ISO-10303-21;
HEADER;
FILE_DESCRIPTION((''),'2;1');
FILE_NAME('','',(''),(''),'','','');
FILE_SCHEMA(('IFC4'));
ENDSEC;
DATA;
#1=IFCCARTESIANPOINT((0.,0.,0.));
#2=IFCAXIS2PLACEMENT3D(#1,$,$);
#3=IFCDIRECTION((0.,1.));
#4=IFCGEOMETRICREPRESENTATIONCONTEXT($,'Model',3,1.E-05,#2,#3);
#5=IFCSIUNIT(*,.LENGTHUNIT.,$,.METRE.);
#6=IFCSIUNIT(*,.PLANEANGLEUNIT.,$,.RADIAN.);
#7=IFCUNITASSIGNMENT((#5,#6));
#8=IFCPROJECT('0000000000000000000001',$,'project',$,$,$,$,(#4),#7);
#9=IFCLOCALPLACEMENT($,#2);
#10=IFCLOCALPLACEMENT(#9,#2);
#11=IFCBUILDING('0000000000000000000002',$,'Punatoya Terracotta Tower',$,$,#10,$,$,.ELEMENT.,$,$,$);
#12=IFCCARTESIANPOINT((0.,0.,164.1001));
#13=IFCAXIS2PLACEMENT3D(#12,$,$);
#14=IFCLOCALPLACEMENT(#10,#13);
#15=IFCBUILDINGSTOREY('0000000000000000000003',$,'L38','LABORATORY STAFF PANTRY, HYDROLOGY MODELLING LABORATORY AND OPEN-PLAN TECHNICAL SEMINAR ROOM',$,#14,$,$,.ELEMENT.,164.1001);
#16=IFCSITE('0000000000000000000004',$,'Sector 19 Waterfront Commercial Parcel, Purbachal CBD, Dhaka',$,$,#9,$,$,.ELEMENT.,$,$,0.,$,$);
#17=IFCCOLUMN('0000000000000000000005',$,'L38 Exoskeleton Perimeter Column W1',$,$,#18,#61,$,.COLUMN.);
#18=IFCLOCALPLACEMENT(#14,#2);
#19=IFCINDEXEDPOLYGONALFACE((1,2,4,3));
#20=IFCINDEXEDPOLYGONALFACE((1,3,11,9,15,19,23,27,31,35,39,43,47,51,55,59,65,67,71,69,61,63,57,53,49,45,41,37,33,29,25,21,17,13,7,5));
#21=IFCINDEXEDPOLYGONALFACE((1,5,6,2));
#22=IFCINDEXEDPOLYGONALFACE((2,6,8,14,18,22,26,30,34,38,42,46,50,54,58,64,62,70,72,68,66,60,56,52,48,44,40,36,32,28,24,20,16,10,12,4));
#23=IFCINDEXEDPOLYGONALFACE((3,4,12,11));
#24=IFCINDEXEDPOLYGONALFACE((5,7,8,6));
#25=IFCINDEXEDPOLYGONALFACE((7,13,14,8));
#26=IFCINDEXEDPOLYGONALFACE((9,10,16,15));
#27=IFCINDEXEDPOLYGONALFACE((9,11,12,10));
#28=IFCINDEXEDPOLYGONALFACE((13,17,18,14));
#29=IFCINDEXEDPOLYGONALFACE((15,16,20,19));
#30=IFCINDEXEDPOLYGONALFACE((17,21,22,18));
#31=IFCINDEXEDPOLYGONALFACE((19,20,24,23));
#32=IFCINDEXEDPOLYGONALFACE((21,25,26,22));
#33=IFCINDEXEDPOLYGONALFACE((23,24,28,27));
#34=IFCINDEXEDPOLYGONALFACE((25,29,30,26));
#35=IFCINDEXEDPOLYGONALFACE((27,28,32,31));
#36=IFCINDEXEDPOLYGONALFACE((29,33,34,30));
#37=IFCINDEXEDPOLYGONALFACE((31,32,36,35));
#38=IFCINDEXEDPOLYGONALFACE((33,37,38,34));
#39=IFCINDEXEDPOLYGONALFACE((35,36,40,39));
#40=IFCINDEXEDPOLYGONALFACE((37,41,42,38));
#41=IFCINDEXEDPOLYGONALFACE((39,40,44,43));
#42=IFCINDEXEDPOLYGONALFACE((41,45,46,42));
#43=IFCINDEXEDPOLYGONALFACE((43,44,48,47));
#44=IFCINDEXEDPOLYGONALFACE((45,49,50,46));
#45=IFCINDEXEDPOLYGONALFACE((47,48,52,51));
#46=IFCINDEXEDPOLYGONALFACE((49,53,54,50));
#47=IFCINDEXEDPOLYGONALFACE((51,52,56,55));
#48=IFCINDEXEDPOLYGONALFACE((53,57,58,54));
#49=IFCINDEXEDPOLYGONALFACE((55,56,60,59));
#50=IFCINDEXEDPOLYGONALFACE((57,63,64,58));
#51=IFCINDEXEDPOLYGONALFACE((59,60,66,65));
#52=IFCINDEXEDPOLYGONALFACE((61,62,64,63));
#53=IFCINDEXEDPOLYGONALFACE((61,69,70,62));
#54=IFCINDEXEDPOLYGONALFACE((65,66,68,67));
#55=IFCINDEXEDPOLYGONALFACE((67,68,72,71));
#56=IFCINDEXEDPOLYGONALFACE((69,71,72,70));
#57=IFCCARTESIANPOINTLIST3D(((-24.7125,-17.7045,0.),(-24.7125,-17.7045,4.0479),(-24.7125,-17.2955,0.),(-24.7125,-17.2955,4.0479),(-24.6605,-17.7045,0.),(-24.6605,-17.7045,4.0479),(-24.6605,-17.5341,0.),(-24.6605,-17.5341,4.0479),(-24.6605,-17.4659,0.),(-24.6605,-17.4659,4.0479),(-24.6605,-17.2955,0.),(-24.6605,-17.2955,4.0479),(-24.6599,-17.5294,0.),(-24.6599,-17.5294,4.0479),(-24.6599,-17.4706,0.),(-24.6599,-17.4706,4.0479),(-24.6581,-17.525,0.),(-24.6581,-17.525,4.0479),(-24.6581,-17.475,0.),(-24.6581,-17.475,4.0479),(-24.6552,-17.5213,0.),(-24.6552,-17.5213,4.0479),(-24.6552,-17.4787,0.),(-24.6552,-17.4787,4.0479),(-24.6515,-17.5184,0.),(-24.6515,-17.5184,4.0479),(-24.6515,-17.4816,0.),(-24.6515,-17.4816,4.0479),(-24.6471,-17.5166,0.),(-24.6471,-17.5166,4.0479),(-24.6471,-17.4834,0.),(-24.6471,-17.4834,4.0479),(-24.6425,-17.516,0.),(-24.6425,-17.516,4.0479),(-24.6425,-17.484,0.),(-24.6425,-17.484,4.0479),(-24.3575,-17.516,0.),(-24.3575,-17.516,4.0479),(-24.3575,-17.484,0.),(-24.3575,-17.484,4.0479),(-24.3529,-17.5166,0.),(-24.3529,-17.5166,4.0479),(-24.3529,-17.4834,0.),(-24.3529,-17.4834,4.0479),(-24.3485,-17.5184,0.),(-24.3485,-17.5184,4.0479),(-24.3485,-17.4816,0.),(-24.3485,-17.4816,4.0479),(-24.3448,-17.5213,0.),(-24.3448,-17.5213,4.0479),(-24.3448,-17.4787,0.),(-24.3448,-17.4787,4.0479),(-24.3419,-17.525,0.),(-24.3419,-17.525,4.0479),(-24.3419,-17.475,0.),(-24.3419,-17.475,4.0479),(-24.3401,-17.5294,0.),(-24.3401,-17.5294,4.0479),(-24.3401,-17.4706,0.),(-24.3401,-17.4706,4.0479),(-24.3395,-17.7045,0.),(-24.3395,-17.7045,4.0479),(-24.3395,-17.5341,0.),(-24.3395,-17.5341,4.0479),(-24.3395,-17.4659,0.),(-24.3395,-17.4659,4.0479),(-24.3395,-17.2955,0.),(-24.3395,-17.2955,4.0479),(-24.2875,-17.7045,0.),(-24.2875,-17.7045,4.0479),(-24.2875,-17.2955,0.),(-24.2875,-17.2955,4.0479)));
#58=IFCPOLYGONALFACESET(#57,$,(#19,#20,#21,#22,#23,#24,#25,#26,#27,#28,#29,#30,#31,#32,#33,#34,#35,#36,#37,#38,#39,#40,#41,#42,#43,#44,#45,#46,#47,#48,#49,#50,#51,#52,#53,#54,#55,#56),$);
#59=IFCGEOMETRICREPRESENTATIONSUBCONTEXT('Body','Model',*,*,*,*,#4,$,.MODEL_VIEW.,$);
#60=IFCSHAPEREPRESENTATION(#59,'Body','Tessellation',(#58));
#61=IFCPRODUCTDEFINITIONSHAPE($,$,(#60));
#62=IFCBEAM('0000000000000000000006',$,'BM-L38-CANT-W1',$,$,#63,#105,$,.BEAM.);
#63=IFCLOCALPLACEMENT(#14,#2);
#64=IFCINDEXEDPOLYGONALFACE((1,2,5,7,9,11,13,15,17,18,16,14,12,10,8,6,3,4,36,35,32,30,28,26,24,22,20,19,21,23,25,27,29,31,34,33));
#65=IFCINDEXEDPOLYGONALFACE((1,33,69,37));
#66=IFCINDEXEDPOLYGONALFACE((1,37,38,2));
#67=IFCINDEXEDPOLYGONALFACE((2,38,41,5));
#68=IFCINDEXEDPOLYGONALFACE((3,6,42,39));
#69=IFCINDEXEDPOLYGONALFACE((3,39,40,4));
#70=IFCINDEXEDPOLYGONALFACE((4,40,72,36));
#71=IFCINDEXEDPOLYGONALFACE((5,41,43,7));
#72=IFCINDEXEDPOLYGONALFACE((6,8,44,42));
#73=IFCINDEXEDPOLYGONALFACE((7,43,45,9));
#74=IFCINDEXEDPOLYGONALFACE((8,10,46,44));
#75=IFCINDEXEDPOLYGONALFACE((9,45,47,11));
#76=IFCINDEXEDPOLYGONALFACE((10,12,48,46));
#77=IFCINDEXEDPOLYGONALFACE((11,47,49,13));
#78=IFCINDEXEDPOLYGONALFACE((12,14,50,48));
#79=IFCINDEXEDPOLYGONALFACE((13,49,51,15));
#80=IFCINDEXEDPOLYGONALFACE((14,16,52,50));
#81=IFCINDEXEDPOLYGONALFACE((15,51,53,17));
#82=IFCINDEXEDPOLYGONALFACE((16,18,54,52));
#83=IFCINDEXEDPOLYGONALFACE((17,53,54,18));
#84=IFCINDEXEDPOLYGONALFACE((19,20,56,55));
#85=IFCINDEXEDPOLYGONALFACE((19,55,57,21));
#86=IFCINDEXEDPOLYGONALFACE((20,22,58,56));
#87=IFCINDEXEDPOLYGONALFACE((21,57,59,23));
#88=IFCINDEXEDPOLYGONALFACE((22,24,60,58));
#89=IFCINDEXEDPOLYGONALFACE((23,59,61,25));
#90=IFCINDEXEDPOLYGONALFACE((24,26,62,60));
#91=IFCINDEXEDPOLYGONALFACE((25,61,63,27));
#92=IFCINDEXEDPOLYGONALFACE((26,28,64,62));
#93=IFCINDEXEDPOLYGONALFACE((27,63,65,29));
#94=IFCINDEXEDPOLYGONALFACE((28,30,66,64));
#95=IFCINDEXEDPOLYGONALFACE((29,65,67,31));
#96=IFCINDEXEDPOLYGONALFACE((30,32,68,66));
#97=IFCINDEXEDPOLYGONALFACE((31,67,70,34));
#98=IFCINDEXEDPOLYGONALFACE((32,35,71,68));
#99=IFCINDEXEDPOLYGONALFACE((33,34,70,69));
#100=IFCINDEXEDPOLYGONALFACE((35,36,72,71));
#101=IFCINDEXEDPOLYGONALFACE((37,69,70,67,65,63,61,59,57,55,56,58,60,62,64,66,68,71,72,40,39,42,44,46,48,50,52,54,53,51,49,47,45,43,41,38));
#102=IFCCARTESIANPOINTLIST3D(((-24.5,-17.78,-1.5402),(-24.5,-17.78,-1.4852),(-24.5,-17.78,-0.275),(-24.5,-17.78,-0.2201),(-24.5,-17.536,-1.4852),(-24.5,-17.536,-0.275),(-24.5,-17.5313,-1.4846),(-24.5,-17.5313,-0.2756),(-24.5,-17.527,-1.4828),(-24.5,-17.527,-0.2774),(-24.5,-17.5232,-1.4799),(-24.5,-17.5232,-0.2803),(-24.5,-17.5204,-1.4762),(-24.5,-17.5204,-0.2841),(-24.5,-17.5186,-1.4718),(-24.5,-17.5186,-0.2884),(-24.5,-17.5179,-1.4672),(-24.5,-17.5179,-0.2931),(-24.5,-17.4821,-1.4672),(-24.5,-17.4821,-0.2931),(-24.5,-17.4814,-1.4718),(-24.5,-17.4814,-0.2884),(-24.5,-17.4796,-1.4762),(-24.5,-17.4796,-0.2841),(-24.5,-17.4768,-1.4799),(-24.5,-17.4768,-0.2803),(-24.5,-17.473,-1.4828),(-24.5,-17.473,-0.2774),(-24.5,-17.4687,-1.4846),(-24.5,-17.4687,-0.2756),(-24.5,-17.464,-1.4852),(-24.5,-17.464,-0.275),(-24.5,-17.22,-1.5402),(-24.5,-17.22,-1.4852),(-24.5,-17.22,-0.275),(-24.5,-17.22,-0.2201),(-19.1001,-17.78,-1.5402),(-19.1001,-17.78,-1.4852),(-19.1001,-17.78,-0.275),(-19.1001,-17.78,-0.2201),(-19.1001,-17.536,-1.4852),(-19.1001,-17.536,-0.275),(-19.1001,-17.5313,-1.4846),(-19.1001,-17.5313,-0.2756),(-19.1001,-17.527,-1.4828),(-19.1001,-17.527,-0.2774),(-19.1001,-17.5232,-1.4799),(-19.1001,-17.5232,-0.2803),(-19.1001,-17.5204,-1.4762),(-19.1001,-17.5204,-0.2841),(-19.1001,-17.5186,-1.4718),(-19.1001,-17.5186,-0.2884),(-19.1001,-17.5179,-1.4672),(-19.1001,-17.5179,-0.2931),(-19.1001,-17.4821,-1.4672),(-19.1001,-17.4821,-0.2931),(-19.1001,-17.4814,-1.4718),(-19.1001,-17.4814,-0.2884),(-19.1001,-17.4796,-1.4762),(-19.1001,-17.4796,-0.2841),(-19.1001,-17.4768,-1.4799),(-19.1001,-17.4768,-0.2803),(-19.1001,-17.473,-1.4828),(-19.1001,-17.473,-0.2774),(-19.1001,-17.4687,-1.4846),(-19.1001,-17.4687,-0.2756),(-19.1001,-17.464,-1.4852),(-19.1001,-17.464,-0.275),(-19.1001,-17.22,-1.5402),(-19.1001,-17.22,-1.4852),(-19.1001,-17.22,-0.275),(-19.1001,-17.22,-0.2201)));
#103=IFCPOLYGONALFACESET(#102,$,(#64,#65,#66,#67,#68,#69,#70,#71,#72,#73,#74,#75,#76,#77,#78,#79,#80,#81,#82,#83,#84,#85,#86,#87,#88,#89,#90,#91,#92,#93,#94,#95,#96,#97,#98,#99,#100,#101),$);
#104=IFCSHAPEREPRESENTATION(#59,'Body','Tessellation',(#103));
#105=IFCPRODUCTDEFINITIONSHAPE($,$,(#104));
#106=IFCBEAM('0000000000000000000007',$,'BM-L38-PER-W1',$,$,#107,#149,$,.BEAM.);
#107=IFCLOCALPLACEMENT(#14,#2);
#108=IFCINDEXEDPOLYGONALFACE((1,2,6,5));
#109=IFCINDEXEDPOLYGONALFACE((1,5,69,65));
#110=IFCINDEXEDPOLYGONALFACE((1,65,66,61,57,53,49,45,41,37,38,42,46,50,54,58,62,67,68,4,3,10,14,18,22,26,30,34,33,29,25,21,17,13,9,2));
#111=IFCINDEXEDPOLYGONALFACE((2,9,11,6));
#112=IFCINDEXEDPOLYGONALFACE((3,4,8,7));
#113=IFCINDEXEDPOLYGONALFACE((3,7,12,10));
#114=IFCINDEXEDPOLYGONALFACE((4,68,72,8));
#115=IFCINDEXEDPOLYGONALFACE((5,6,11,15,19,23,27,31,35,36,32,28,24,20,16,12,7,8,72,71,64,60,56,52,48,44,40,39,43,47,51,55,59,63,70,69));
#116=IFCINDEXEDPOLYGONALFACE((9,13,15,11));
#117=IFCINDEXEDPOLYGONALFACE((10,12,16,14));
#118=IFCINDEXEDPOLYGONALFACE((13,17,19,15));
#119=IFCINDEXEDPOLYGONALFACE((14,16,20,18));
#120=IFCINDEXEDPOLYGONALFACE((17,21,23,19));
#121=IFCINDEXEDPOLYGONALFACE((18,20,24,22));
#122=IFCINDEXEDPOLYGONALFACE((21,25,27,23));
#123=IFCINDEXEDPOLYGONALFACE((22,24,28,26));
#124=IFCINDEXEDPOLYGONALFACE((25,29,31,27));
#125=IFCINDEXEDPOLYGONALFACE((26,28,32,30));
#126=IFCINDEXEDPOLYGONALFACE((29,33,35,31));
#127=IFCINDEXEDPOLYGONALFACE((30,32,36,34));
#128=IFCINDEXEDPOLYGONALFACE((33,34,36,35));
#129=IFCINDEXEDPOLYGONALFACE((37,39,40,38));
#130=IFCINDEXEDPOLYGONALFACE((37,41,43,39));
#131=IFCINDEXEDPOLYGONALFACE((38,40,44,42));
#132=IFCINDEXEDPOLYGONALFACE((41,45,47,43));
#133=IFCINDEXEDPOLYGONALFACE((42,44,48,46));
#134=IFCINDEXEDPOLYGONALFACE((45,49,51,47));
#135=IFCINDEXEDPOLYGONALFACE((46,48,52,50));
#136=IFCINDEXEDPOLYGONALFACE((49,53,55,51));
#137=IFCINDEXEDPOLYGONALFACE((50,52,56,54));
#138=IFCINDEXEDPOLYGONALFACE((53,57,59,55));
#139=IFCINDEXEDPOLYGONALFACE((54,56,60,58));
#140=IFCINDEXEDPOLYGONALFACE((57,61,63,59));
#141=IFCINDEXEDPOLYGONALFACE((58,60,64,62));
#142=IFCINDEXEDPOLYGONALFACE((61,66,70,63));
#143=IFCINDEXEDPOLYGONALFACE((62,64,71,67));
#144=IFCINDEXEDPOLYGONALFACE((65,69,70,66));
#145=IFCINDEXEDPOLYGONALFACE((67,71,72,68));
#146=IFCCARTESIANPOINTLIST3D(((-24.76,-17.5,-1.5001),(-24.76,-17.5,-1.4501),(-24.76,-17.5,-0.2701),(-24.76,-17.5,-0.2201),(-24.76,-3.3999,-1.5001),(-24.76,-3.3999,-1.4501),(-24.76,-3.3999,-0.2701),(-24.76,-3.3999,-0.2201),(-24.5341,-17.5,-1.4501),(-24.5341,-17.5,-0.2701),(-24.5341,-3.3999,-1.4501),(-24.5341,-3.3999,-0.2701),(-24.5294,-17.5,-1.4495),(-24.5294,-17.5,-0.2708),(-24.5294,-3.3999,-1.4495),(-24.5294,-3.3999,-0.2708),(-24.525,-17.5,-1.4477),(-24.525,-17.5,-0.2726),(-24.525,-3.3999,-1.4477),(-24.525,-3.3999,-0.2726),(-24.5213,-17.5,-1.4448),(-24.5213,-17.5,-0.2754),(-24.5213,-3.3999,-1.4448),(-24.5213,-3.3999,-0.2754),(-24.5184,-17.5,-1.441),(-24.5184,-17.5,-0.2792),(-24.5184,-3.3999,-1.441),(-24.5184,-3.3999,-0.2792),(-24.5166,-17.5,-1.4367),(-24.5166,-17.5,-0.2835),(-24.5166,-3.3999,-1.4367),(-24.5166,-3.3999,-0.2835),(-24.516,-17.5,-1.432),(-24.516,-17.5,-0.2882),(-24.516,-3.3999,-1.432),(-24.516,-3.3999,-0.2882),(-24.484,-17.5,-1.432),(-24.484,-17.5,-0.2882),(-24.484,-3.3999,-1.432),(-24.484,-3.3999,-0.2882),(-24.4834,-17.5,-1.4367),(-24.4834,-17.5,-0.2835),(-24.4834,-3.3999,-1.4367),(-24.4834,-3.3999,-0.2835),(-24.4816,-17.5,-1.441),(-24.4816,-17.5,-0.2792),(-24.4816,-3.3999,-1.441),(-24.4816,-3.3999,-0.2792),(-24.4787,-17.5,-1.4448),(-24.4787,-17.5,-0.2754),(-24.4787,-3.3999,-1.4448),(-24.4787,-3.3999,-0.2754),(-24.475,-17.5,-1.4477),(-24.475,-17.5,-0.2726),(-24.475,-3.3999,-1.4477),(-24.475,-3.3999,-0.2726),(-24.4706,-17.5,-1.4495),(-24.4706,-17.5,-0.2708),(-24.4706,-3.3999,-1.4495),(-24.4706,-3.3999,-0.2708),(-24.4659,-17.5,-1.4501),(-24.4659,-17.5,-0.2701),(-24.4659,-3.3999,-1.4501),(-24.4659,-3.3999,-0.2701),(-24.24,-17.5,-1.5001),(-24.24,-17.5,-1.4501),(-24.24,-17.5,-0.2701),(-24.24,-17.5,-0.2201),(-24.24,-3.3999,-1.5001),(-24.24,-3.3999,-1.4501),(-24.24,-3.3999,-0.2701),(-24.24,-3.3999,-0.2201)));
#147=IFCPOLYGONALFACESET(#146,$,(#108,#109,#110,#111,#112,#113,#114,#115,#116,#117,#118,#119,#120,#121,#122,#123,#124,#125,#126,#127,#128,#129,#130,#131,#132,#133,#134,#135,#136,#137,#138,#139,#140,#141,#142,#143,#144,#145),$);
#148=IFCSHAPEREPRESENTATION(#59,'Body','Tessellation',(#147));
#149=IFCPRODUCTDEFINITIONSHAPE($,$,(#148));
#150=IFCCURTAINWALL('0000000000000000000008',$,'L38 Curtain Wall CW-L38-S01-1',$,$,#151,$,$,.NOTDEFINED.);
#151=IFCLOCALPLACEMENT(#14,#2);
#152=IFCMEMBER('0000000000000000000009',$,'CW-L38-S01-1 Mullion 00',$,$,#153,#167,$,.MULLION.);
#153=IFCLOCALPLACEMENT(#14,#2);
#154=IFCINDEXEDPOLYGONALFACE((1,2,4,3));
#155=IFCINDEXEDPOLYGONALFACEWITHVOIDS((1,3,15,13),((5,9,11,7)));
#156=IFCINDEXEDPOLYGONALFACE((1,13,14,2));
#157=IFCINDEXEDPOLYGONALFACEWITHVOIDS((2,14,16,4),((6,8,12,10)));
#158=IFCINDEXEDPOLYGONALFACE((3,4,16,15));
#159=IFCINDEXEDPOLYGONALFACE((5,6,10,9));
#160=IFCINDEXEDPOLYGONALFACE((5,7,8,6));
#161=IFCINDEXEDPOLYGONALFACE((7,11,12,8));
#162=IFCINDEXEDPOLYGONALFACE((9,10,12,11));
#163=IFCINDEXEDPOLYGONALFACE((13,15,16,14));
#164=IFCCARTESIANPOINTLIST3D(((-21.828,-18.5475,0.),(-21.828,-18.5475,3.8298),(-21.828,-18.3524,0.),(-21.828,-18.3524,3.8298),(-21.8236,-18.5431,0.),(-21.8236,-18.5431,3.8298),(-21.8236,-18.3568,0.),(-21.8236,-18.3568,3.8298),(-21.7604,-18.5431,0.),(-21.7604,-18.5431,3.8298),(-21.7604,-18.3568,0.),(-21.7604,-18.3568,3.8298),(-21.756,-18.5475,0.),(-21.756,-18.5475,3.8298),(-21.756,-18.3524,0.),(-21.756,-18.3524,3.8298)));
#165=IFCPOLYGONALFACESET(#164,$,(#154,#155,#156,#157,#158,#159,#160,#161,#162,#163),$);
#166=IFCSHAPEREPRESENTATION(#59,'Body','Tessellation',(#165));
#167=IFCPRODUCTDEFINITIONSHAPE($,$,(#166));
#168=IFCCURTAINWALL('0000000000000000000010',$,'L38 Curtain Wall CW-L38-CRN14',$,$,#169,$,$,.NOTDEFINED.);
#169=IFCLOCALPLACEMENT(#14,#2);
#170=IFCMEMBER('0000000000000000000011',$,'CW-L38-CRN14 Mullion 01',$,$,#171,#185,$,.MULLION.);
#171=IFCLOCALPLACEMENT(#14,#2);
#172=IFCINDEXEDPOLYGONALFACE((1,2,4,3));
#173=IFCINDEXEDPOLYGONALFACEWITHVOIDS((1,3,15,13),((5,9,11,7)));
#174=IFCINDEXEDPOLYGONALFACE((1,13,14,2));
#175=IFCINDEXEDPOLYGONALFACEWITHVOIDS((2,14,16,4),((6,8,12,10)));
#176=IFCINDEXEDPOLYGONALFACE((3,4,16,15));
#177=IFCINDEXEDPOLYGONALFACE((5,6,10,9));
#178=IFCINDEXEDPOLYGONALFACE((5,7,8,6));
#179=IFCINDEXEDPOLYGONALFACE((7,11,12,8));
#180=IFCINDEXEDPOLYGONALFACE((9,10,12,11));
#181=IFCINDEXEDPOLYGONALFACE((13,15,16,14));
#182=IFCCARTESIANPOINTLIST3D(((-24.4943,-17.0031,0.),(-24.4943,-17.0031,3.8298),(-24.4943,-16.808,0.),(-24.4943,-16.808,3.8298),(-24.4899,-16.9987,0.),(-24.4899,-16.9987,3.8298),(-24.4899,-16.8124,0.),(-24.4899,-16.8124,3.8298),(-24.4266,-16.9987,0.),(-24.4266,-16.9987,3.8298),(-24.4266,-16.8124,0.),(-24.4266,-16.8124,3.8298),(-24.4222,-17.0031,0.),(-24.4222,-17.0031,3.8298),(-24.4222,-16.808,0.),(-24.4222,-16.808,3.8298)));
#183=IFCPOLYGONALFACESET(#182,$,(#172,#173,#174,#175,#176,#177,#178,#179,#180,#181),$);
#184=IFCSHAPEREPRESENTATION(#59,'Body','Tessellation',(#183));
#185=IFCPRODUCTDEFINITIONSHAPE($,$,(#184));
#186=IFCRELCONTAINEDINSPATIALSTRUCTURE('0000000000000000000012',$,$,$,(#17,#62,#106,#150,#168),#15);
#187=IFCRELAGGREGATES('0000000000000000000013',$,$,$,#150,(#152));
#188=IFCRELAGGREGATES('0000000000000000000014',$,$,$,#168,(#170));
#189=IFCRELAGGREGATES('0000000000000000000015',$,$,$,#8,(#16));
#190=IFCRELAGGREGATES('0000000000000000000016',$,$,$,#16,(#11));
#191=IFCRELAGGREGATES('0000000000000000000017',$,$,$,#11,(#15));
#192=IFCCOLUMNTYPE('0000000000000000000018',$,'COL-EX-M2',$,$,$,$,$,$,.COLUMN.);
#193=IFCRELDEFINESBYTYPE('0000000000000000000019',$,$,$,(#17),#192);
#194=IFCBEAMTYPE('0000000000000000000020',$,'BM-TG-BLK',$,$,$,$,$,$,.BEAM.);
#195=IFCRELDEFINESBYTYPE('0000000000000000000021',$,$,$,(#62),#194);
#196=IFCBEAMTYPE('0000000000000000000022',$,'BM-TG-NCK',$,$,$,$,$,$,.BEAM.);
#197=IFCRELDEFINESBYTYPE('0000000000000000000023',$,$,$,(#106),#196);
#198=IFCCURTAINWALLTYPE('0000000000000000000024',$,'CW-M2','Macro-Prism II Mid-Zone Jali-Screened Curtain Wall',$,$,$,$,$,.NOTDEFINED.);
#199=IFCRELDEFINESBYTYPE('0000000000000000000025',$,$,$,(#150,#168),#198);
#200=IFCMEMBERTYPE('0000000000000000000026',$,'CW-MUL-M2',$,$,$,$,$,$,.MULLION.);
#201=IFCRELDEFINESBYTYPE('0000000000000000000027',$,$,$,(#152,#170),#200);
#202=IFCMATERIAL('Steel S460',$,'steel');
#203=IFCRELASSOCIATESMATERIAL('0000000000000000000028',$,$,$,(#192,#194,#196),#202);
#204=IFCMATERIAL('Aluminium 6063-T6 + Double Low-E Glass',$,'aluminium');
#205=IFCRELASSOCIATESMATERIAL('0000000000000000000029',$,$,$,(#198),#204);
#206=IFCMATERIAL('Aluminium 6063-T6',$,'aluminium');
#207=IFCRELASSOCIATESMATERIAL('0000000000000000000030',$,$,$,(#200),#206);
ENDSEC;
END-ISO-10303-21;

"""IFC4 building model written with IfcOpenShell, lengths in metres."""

from ifc_helpers import new_model, si_unit, direction, frame, origin, origin_2d, place, context, subcontext, project, spatial, hollow_rectangle, i_section, extrude, material, material_profile, profile_set, type_object, element, aggregate, save


model = new_model("IFC4")

# Units and contexts
model_context = context("Model", 3, precision=1e-05, world=origin(), true_north=direction((0.0, 1.0)))
body_context = subcontext(model_context, "Body", "Model", "MODEL_VIEW")
ifc_project = project(units=[si_unit("LENGTHUNIT", "METRE"), si_unit("PLANEANGLEUNIT", "RADIAN")], contexts=[model_context])

# Site, building, storey
site_placement = place(None, origin())
site = spatial("IfcSite", under=ifc_project, at=site_placement, Name="Sector 19 Waterfront Commercial Parcel, Purbachal CBD, Dhaka", CompositionType="ELEMENT", RefElevation=0.0)
building_placement = place(site_placement, origin())
building = spatial("IfcBuilding", under=site, at=building_placement, Name="Punatoya Terracotta Tower", CompositionType="ELEMENT")
storey_placement = place(building_placement, frame((0.0, 0.0, 164.1001)))
storey = spatial("IfcBuildingStorey", under=building, at=storey_placement, Name="L38", Description="LABORATORY STAFF PANTRY, HYDROLOGY MODELLING LABORATORY AND OPEN-PLAN TECHNICAL SEMINAR ROOM", CompositionType="ELEMENT", Elevation=164.1001)

# Column
ifc_material_1 = material(Name="Steel S460", Category="steel")
ifc_material_profile_1 = material_profile(ifc_material_1, i_section(OverallWidth=0.4089, OverallDepth=0.425, WebThickness=0.032, FlangeThickness=0.052, FilletRadius=0.0181, at=origin_2d()))
ifc_profile_set_1 = profile_set([ifc_material_profile_1], Name="Steel S460")
column_type = type_object("IfcColumnType", Name="COL-EX-M2", PredefinedType="COLUMN", material=ifc_profile_set_1)
column_placement = place(storey_placement, frame((-24.5, -17.5, 0.0), z_axis=(0.0, 0.0, 1.0), x_axis=(0.0, 1.0, 0.0)))
element("IfcColumn", 1, at=column_placement, inside=storey, type_object=column_type, Name="L38 Exoskeleton Perimeter Column W1", PredefinedType="COLUMN", context=body_context, shape_type="SweptSolid", body=[
    extrude(i_section(OverallWidth=0.4089, OverallDepth=0.425, WebThickness=0.032, FlangeThickness=0.052, FilletRadius=0.0181, at=origin_2d()), origin(), (0.0, 0.0, 1.0), 4.0479),
])

# Beams
ifc_material_profile_2 = material_profile(ifc_material_1, i_section(OverallWidth=0.5601, OverallDepth=1.3201, WebThickness=0.0359, FlangeThickness=0.0549, FilletRadius=0.0181, at=origin_2d()))
ifc_profile_set_2 = profile_set([ifc_material_profile_2], Name="Steel S460")
beam_type_1 = type_object("IfcBeamType", Name="BM-TG-BLK", PredefinedType="BEAM", material=ifc_profile_set_2)
beam_1_placement = place(storey_placement, frame((-24.5, -17.5, -0.8801), z_axis=(1.0, 0.0, 0.0), x_axis=(0.0, 1.0, 0.0)))
element("IfcBeam", 2, at=beam_1_placement, inside=storey, type_object=beam_type_1, Name="BM-L38-CANT-W1", PredefinedType="BEAM", context=body_context, shape_type="SweptSolid", body=[
    extrude(i_section(OverallWidth=0.5601, OverallDepth=1.3201, WebThickness=0.0359, FlangeThickness=0.0549, FilletRadius=0.0181, at=origin_2d()), origin(), (0.0, 0.0, 1.0), 5.3999),
])
ifc_material_profile_3 = material_profile(ifc_material_1, i_section(OverallWidth=0.52, OverallDepth=1.28, WebThickness=0.032, FlangeThickness=0.05, FilletRadius=0.0181, at=origin_2d()))
ifc_profile_set_3 = profile_set([ifc_material_profile_3], Name="Steel S460")
beam_type_2 = type_object("IfcBeamType", Name="BM-TG-NCK", PredefinedType="BEAM", material=ifc_profile_set_3)
beam_2_placement = place(storey_placement, frame((-24.5, -17.5, -0.8601), z_axis=(0.0, 1.0, 0.0), x_axis=(-1.0, 0.0, 0.0)))
element("IfcBeam", 3, at=beam_2_placement, inside=storey, type_object=beam_type_2, Name="BM-L38-PER-W1", PredefinedType="BEAM", context=body_context, shape_type="SweptSolid", body=[
    extrude(i_section(OverallWidth=0.52, OverallDepth=1.28, WebThickness=0.032, FlangeThickness=0.05, FilletRadius=0.0181, at=origin_2d()), origin(), (0.0, 0.0, 1.0), 14.1001),
])

# Curtain walls, members
ifc_material_2 = material(Name="Aluminium 6063-T6 + Double Low-E Glass", Category="aluminium")
curtain_wall_type = type_object("IfcCurtainWallType", Name="CW-M2", Description="Macro-Prism II Mid-Zone Jali-Screened Curtain Wall", PredefinedType="NOTDEFINED", material=ifc_material_2)
curtain_wall_1_placement = place(storey_placement, origin())
curtain_wall_1 = element("IfcCurtainWall", 4, at=curtain_wall_1_placement, inside=storey, type_object=curtain_wall_type, Name="L38 Curtain Wall CW-L38-S01-1", PredefinedType="NOTDEFINED")
ifc_material_3 = material(Name="Aluminium 6063-T6", Category="aluminium")
ifc_material_profile_4 = material_profile(ifc_material_3, hollow_rectangle(XDim=0.072, YDim=0.1951, WallThickness=0.0044, at=origin_2d()))
ifc_profile_set_4 = profile_set([ifc_material_profile_4], Name="Aluminium 6063-T6")
member_type_1 = type_object("IfcMemberType", Name="CW-MUL-M2", PredefinedType="MULLION", material=ifc_profile_set_4)
member_1_placement = place(storey_placement, frame((-21.792, -18.45, 0.0), z_axis=(0.0, 0.0, 1.0), x_axis=(1.0, 0.0, 0.0)))
member_1 = element("IfcMember", 5, at=member_1_placement, type_object=member_type_1, Name="CW-L38-S01-1 Mullion 00", PredefinedType="MULLION", context=body_context, shape_type="SweptSolid", body=[
    extrude(hollow_rectangle(XDim=0.072, YDim=0.1951, WallThickness=0.0044, at=origin_2d()), origin(), (0.0, 0.0, 1.0), 3.8298),
])
curtain_wall_2_placement = place(storey_placement, origin())
curtain_wall_2 = element("IfcCurtainWall", 6, at=curtain_wall_2_placement, inside=storey, type_object=curtain_wall_type, Name="L38 Curtain Wall CW-L38-CRN14", PredefinedType="NOTDEFINED")
member_2_placement = place(storey_placement, frame((-24.4583, -16.9055, 0.0), z_axis=(0.0, 0.0, 1.0), x_axis=(1.0, 0.0, 0.0)))
member_2 = element("IfcMember", 7, at=member_2_placement, type_object=member_type_1, Name="CW-L38-CRN14 Mullion 01", PredefinedType="MULLION", context=body_context, shape_type="SweptSolid", body=[
    extrude(hollow_rectangle(XDim=0.072, YDim=0.1951, WallThickness=0.0044, at=origin_2d()), origin(), (0.0, 0.0, 1.0), 3.8298),
])

aggregate(curtain_wall_1, [member_1])
aggregate(curtain_wall_2, [member_2])

save(model, "model.ifc")
